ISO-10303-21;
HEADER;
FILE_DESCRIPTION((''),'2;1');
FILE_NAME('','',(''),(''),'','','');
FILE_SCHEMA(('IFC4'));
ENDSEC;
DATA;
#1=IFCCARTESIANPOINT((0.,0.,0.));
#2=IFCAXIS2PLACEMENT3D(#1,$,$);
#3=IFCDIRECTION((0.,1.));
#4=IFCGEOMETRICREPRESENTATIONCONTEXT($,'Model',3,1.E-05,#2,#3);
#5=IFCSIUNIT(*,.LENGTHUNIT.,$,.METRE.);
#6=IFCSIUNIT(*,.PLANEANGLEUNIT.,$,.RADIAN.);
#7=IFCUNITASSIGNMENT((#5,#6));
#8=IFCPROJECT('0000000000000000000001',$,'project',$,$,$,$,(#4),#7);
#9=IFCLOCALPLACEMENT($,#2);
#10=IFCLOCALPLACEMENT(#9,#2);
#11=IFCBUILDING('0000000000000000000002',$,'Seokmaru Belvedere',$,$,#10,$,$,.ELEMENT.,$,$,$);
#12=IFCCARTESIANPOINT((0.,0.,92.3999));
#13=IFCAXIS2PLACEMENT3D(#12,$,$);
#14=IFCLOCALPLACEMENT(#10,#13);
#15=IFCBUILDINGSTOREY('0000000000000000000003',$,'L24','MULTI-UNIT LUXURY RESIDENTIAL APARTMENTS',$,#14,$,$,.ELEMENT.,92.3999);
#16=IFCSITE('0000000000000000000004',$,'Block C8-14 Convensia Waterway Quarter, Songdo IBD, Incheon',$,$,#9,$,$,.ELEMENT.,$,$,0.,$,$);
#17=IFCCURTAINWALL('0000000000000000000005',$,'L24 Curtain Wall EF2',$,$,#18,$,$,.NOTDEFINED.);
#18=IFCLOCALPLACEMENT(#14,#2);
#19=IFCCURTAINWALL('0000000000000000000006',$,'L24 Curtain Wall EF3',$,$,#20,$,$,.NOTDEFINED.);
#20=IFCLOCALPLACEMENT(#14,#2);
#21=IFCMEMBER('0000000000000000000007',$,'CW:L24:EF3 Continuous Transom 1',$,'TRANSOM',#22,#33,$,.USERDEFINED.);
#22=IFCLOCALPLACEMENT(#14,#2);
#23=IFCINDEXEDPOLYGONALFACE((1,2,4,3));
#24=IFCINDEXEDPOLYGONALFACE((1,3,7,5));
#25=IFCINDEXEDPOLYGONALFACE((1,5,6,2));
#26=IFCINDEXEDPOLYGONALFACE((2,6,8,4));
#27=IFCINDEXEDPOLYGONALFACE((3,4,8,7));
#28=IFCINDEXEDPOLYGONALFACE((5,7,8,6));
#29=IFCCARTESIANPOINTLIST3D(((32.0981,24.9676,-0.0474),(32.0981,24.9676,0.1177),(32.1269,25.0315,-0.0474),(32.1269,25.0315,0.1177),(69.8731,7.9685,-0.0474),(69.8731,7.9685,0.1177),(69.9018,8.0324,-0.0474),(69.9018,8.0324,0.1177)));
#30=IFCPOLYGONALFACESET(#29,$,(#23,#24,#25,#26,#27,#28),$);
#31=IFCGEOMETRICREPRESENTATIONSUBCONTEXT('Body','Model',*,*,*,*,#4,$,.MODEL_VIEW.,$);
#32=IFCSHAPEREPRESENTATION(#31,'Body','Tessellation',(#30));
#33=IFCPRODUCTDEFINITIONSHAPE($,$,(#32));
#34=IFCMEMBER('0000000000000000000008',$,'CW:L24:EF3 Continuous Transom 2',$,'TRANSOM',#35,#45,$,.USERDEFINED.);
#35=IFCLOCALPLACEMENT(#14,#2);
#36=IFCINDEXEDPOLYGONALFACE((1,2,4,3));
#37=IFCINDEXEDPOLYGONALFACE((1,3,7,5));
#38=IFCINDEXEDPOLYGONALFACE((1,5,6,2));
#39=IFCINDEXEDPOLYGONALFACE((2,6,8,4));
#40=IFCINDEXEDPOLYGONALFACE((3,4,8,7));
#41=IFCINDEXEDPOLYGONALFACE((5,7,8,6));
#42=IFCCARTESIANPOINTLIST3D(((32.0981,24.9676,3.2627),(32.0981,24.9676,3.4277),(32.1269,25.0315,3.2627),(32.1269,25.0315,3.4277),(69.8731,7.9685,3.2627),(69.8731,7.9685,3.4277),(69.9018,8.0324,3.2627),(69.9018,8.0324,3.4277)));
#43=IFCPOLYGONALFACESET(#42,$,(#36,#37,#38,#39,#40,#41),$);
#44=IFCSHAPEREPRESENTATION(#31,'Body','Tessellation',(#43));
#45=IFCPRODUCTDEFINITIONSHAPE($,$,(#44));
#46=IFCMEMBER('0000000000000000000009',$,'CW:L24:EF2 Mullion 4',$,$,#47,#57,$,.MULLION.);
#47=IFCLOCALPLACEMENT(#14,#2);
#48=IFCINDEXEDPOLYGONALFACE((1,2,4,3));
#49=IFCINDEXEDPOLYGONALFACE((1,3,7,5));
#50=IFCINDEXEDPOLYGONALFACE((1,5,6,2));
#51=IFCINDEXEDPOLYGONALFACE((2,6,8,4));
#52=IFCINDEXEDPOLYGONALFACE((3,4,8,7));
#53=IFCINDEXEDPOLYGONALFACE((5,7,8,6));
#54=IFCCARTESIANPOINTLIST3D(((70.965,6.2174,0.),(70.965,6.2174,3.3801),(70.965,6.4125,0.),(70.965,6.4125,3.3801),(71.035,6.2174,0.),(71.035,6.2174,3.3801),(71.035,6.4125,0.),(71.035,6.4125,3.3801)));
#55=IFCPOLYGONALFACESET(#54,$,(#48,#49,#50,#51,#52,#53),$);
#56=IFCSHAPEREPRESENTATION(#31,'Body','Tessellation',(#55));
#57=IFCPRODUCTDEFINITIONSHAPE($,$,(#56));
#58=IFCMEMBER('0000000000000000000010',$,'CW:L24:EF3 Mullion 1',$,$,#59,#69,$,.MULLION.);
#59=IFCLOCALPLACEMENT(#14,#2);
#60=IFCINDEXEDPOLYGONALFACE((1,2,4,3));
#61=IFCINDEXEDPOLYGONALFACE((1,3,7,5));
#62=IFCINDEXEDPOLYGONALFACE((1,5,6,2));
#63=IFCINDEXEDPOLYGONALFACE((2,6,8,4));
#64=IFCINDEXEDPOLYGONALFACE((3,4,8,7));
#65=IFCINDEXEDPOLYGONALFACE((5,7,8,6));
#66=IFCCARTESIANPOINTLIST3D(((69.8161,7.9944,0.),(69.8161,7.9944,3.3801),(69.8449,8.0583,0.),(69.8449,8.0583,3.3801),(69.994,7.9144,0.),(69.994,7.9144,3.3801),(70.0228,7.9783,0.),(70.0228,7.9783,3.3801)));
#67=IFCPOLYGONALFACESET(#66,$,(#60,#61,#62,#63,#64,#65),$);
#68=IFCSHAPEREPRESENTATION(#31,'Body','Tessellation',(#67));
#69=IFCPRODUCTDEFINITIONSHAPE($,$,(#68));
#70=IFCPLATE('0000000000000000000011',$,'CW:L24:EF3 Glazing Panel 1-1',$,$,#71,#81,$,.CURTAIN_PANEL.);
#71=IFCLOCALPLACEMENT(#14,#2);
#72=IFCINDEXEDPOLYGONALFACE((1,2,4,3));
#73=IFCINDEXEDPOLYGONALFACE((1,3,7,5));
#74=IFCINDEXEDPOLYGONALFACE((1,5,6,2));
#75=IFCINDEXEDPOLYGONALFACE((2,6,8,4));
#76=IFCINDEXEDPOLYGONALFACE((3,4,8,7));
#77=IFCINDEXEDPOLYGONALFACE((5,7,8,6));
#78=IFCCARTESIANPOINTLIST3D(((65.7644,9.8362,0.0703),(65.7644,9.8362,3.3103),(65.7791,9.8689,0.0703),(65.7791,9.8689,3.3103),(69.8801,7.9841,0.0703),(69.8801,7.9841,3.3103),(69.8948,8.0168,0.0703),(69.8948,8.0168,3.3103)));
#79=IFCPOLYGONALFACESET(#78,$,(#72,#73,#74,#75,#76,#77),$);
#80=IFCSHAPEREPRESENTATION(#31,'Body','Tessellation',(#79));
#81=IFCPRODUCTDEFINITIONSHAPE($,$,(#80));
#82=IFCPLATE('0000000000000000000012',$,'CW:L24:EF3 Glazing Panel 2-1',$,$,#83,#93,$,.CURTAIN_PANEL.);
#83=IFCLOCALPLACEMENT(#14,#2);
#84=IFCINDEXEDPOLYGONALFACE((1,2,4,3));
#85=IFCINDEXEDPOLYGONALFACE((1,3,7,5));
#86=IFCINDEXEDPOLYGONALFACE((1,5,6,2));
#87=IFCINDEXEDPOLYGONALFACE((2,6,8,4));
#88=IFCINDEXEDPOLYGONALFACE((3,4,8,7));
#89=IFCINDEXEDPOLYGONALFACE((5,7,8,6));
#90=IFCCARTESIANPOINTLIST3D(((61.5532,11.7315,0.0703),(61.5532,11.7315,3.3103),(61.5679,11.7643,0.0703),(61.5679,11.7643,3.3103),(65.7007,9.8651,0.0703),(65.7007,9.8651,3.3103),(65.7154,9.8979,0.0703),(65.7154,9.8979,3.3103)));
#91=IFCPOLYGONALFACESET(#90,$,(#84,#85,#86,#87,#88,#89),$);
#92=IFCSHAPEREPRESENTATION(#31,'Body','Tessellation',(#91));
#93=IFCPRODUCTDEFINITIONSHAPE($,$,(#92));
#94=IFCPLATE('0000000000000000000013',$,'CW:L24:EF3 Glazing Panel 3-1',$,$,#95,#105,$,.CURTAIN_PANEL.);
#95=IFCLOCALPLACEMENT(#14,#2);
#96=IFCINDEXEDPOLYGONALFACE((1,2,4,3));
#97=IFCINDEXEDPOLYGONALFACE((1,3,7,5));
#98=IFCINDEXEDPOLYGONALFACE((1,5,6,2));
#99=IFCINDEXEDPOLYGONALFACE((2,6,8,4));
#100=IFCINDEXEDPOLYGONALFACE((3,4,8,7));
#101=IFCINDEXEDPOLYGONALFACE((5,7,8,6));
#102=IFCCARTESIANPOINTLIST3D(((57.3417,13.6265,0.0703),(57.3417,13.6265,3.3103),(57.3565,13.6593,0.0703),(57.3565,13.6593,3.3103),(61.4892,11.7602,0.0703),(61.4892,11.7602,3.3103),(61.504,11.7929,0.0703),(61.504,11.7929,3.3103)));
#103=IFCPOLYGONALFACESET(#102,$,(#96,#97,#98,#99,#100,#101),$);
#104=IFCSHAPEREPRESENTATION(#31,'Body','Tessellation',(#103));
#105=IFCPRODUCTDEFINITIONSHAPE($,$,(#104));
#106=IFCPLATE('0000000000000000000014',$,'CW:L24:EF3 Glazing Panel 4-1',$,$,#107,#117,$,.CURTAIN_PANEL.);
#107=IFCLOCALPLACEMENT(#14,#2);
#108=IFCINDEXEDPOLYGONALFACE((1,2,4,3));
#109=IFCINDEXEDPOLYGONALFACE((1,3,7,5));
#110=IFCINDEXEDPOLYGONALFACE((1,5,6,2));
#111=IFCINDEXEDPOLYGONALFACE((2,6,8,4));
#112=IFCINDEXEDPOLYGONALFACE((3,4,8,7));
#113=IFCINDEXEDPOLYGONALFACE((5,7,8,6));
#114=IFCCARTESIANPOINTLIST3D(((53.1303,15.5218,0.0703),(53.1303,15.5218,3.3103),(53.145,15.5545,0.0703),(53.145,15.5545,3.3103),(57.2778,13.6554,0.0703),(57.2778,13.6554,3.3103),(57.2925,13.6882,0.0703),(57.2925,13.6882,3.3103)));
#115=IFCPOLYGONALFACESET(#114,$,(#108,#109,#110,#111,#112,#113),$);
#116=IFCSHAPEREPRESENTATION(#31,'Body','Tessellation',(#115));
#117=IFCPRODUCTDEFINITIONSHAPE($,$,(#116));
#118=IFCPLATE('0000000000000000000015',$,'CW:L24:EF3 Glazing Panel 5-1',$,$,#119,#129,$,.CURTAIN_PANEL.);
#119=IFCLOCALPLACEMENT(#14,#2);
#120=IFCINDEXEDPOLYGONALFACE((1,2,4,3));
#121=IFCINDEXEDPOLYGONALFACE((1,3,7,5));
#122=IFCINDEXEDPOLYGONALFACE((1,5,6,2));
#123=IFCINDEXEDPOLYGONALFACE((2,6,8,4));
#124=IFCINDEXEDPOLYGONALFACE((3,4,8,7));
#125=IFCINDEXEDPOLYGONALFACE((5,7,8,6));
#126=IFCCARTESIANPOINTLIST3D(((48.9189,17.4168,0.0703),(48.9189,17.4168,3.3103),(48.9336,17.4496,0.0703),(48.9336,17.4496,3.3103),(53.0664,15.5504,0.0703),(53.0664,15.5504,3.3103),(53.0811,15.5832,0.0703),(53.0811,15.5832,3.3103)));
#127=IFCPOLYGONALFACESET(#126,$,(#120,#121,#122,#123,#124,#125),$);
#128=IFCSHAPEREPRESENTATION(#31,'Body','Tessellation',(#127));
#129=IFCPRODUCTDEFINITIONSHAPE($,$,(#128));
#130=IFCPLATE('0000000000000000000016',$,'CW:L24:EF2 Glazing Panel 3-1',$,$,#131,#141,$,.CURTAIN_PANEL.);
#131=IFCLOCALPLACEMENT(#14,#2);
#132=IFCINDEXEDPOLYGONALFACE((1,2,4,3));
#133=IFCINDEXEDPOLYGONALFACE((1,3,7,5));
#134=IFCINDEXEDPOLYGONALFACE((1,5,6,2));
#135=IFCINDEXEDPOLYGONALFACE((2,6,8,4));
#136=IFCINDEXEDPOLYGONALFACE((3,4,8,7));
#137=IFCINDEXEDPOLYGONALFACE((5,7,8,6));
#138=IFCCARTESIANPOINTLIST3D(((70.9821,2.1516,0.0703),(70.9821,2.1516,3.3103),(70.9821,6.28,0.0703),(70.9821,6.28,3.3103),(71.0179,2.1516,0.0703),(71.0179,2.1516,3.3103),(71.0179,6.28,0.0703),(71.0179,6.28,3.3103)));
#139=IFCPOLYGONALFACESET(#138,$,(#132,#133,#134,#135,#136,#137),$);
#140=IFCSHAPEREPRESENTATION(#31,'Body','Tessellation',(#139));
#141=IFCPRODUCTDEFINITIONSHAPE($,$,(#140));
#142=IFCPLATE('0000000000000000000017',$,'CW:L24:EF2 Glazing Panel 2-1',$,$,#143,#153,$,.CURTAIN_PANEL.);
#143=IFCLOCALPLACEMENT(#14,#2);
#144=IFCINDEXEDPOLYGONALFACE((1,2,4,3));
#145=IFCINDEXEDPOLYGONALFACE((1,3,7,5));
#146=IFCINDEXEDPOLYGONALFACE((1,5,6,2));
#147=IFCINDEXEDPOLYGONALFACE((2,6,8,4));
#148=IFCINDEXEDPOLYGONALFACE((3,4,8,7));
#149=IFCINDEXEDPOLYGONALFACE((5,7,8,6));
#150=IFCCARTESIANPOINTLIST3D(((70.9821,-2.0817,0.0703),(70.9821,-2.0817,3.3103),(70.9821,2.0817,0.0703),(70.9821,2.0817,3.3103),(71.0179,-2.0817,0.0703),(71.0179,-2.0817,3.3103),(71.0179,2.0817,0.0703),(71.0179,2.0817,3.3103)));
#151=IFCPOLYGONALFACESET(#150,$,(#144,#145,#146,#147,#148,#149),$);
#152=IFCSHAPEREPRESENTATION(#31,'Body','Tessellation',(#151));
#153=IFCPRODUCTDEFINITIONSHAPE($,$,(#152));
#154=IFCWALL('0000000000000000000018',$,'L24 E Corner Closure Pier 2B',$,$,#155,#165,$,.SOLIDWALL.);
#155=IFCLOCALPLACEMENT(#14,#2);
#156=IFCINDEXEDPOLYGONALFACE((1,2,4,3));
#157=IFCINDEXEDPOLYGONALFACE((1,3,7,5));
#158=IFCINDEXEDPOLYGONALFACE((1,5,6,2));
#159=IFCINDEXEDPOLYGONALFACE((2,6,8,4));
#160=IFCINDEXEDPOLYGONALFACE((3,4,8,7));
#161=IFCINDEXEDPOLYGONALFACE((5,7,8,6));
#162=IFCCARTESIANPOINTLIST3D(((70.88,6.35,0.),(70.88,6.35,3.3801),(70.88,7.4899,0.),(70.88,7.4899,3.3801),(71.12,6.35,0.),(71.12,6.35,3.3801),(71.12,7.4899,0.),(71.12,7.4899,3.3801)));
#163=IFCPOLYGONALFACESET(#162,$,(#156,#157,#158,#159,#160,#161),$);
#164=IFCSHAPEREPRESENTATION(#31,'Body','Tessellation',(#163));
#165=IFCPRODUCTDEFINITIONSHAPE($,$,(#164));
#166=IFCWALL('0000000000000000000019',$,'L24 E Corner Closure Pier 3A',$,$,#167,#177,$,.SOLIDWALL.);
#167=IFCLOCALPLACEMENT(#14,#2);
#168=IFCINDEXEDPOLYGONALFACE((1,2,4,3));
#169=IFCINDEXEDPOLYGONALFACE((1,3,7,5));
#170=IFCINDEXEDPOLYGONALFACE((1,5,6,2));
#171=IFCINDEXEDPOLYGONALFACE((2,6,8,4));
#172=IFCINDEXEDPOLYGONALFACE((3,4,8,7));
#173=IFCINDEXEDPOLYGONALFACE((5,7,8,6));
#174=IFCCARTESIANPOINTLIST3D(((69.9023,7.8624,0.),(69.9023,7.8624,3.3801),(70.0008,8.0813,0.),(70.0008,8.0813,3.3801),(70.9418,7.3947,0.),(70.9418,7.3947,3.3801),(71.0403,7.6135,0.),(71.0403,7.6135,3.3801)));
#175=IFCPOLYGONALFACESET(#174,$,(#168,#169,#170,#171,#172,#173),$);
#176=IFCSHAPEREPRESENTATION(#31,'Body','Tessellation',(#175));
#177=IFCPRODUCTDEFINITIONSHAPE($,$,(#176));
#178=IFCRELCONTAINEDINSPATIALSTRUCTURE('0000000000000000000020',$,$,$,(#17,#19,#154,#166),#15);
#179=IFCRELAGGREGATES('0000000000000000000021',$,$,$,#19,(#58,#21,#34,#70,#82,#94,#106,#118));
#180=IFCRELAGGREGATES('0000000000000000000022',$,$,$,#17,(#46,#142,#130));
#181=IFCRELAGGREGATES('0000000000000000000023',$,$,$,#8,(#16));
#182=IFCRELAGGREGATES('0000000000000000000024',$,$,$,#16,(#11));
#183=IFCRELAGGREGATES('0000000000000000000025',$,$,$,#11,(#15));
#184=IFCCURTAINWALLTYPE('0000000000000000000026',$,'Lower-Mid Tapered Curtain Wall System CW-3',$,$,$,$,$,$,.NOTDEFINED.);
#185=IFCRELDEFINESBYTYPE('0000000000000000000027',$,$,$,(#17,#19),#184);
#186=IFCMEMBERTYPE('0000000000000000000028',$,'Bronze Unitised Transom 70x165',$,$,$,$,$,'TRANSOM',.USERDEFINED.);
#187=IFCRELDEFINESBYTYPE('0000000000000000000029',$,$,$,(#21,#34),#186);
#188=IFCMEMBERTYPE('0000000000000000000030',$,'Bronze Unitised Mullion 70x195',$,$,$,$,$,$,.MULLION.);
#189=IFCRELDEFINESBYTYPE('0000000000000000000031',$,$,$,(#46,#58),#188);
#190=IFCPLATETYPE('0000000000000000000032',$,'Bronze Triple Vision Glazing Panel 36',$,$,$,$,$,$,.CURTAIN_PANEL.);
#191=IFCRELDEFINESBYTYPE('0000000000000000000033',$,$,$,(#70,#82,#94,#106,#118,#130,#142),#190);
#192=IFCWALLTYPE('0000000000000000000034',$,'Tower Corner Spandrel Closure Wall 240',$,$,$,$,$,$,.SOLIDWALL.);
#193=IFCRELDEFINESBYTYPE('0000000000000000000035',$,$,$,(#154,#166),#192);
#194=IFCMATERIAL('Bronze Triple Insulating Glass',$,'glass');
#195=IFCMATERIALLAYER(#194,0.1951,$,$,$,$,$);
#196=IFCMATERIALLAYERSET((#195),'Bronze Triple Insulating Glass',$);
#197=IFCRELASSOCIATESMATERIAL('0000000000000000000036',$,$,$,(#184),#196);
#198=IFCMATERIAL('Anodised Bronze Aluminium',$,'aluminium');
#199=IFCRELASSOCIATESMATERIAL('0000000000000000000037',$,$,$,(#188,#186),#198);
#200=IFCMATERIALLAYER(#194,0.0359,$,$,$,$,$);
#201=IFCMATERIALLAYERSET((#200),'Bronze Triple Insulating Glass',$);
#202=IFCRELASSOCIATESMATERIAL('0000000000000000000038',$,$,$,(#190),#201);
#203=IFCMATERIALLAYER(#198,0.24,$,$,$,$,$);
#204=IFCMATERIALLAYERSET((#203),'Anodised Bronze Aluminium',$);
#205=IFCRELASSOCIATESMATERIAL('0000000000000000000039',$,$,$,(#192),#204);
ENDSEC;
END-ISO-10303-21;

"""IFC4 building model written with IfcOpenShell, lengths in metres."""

from ifc_helpers import new_model, si_unit, direction, frame, frame_2d, origin, origin_2d, place, context, subcontext, project, spatial, rectangle, extrude, source, transform, mapped, material, layer, layer_set, material_profile, profile_set, type_object, type_shapes, element, aggregate, save


model = new_model("IFC4")

# Units and contexts
model_context = context("Model", 3, precision=1e-05, world=origin(), true_north=direction((0.0, 1.0)))
body_context = subcontext(model_context, "Body", "Model", "MODEL_VIEW")
ifc_project = project(units=[si_unit("LENGTHUNIT", "METRE"), si_unit("PLANEANGLEUNIT", "RADIAN")], contexts=[model_context])

# Site, building, storey
site_placement = place(None, origin())
site = spatial("IfcSite", under=ifc_project, at=site_placement, Name="Block C8-14 Convensia Waterway Quarter, Songdo IBD, Incheon", CompositionType="ELEMENT", RefElevation=0.0)
building_placement = place(site_placement, origin())
building = spatial("IfcBuilding", under=site, at=building_placement, Name="Seokmaru Belvedere", CompositionType="ELEMENT")
storey_placement = place(building_placement, frame((0.0, 0.0, 92.3999)))
storey = spatial("IfcBuildingStorey", under=building, at=storey_placement, Name="L24", Description="MULTI-UNIT LUXURY RESIDENTIAL APARTMENTS", CompositionType="ELEMENT", Elevation=92.3999)

# Curtain wall
ifc_material_1 = material(Name="Bronze Triple Insulating Glass", Category="glass")
ifc_layer_1 = layer(ifc_material_1, 0.1951)
ifc_layer_set_1 = layer_set([ifc_layer_1], Name="Bronze Triple Insulating Glass")
curtain_wall_type = type_object("IfcCurtainWallType", Name="Lower-Mid Tapered Curtain Wall System CW-3", PredefinedType="NOTDEFINED", material=ifc_layer_set_1)
curtain_wall_1_placement = place(storey_placement, origin())
curtain_wall_1 = element("IfcCurtainWall", 1, at=curtain_wall_1_placement, inside=storey, type_object=curtain_wall_type, Name="L24 Curtain Wall EF2", PredefinedType="NOTDEFINED")
ifc_material_2 = material(Name="Anodised Bronze Aluminium", Category="aluminium")
ifc_material_profile_1 = material_profile(ifc_material_2, rectangle(XDim=0.0701, YDim=0.1951, at=origin_2d()), Name="CW-M-70x195")
ifc_profile_set_1 = profile_set([ifc_material_profile_1], Name="Anodised Bronze Aluminium")
member_type_1 = type_object("IfcMemberType", Name="Bronze Unitised Mullion 70x195", PredefinedType="MULLION", material=ifc_profile_set_1)

# Curtain wall, members
curtain_wall_2_placement = place(storey_placement, origin())
curtain_wall_2 = element("IfcCurtainWall", 2, at=curtain_wall_2_placement, inside=storey, type_object=curtain_wall_type, Name="L24 Curtain Wall EF3", PredefinedType="NOTDEFINED")
ifc_material_profile_2 = material_profile(ifc_material_2, rectangle(XDim=0.0701, YDim=0.165, at=origin_2d()), Name="CW-T-70x165")
ifc_profile_set_2 = profile_set([ifc_material_profile_2], Name="Anodised Bronze Aluminium")
member_type_2 = type_object("IfcMemberType", Name="Bronze Unitised Transom 70x165", ElementType="TRANSOM", PredefinedType="USERDEFINED", material=ifc_profile_set_2)
shared_shape_1 = source(origin(), body_context, "Body", "SweptSolid", [
    extrude(rectangle(XDim=0.0701, YDim=0.165, at=origin_2d()), origin(), (0.0, 0.0, 1.0), 41.4236),
])
type_shapes(member_type_2, [shared_shape_1])
member_1_placement = place(storey_placement, frame((69.8875, 8.0005, 0.0352), z_axis=(-0.911919, 0.410371, 0.0), x_axis=(-0.410371, -0.911919, 0.0)))
member_1 = element("IfcMember", 3, at=member_1_placement, type_object=member_type_2, Name="CW:L24:EF3 Continuous Transom 1", ObjectType="TRANSOM", PredefinedType="USERDEFINED", context=body_context, shape_type="MappedRepresentation", body=[
    mapped(shared_shape_1, transform((0.0, 0.0, 0.0), scale=1.0)),
])
member_2_placement = place(storey_placement, frame((69.8875, 8.0005, 3.3452), z_axis=(-0.911919, 0.410371, 0.0), x_axis=(-0.410371, -0.911919, 0.0)))
member_2 = element("IfcMember", 4, at=member_2_placement, type_object=member_type_2, Name="CW:L24:EF3 Continuous Transom 2", ObjectType="TRANSOM", PredefinedType="USERDEFINED", context=body_context, shape_type="MappedRepresentation", body=[
    mapped(shared_shape_1, transform((0.0, 0.0, 0.0), scale=1.0)),
])

# Members
shared_shape_2 = source(origin(), body_context, "Body", "SweptSolid", [
    extrude(rectangle(XDim=0.0701, YDim=0.1951, at=origin_2d()), origin(), (0.0, 0.0, 1.0), 3.3801),
])
member_3_placement = place(storey_placement, frame((71.0, 6.3149, 0.0), z_axis=(0.0, 0.0, 1.0), x_axis=(-1.0, 0.0, 0.0)))
member_3 = element("IfcMember", 5, at=member_3_placement, type_object=member_type_1, Name="CW:L24:EF2 Mullion 4", PredefinedType="MULLION", context=body_context, shape_type="MappedRepresentation", body=[
    mapped(shared_shape_2, transform((0.0, 0.0, 0.0), scale=1.0)),
])
member_4_placement = place(storey_placement, frame((69.9194, 7.9863, 0.0), z_axis=(0.0, 0.0, 1.0), x_axis=(-0.410366, -0.911921, 0.0)))
member_4 = element("IfcMember", 6, at=member_4_placement, type_object=member_type_1, Name="CW:L24:EF3 Mullion 1", PredefinedType="MULLION", context=body_context, shape_type="MappedRepresentation", body=[
    mapped(shared_shape_2, transform((0.0, 0.0, 0.0), scale=1.0)),
])

# Plates
ifc_layer_2 = layer(ifc_material_1, 0.0359)
ifc_layer_set_2 = layer_set([ifc_layer_2], Name="Bronze Triple Insulating Glass")
plate_type = type_object("IfcPlateType", Name="Bronze Triple Vision Glazing Panel 36", PredefinedType="CURTAIN_PANEL", material=ifc_layer_set_2)
shared_shape_3 = source(origin(), body_context, "Body", "SweptSolid", [
    extrude(rectangle(XDim=4.5132, YDim=0.0359, at=origin_2d()), origin(), (0.0, 0.0, 1.0), 3.24),
])
plate_1_placement = place(storey_placement, frame((67.8296, 8.9265, 0.0703), z_axis=(0.0, 0.0, 1.0), x_axis=(-0.911921, 0.410366, 0.0)))
plate_1 = element("IfcPlate", 7, at=plate_1_placement, type_object=plate_type, Name="CW:L24:EF3 Glazing Panel 1-1", PredefinedType="CURTAIN_PANEL", context=body_context, shape_type="MappedRepresentation", body=[
    mapped(shared_shape_3, transform((0.0, 0.0, 0.0), scale=1.0)),
])
shared_shape_4 = source(origin(), body_context, "Body", "SweptSolid", [
    extrude(rectangle(XDim=4.5481, YDim=0.0359, at=origin_2d()), origin(), (0.0, 0.0, 1.0), 3.24),
])
plate_2_placement = place(storey_placement, frame((63.6343, 10.8147, 0.0703), z_axis=(0.0, 0.0, 1.0), x_axis=(-0.911921, 0.410366, 0.0)))
plate_2 = element("IfcPlate", 8, at=plate_2_placement, type_object=plate_type, Name="CW:L24:EF3 Glazing Panel 2-1", PredefinedType="CURTAIN_PANEL", context=body_context, shape_type="MappedRepresentation", body=[
    mapped(shared_shape_4, transform((0.0, 0.0, 0.0), scale=1.0)),
])
plate_3_placement = place(storey_placement, frame((59.4229, 12.7097, 0.0703), z_axis=(0.0, 0.0, 1.0), x_axis=(-0.911921, 0.410366, 0.0)))
plate_3 = element("IfcPlate", 9, at=plate_3_placement, type_object=plate_type, Name="CW:L24:EF3 Glazing Panel 3-1", PredefinedType="CURTAIN_PANEL", context=body_context, shape_type="MappedRepresentation", body=[
    mapped(shared_shape_4, transform((0.0, 0.0, 0.0), scale=1.0)),
])
plate_4_placement = place(storey_placement, frame((55.2114, 14.605, 0.0703), z_axis=(0.0, 0.0, 1.0), x_axis=(-0.911921, 0.410366, 0.0)))
plate_4 = element("IfcPlate", 10, at=plate_4_placement, type_object=plate_type, Name="CW:L24:EF3 Glazing Panel 4-1", PredefinedType="CURTAIN_PANEL", context=body_context, shape_type="MappedRepresentation", body=[
    mapped(shared_shape_4, transform((0.0, 0.0, 0.0), scale=1.0)),
])
plate_5_placement = place(storey_placement, frame((51.0, 16.5, 0.0703), z_axis=(0.0, 0.0, 1.0), x_axis=(-0.911921, 0.410366, 0.0)))
plate_5 = element("IfcPlate", 11, at=plate_5_placement, type_object=plate_type, Name="CW:L24:EF3 Glazing Panel 5-1", PredefinedType="CURTAIN_PANEL", context=body_context, shape_type="MappedRepresentation", body=[
    mapped(shared_shape_4, transform((0.0, 0.0, 0.0), scale=1.0)),
])
aggregate(curtain_wall_2, [member_4, member_1, member_2, plate_1, plate_2, plate_3, plate_4, plate_5])
shared_shape_5 = source(origin(), body_context, "Body", "SweptSolid", [
    extrude(rectangle(XDim=4.1284, YDim=0.0359, at=origin_2d()), origin(), (0.0, 0.0, 1.0), 3.24),
])
plate_6_placement = place(storey_placement, frame((71.0, 4.2158, 0.0703), z_axis=(0.0, 0.0, 1.0), x_axis=(0.0, 1.0, 0.0)))
plate_6 = element("IfcPlate", 12, at=plate_6_placement, type_object=plate_type, Name="CW:L24:EF2 Glazing Panel 3-1", PredefinedType="CURTAIN_PANEL", context=body_context, shape_type="MappedRepresentation", body=[
    mapped(shared_shape_5, transform((0.0, 0.0, 0.0), scale=1.0)),
])
shared_shape_6 = source(origin(), body_context, "Body", "SweptSolid", [
    extrude(rectangle(XDim=4.1633, YDim=0.0359, at=origin_2d()), origin(), (0.0, 0.0, 1.0), 3.24),
])
type_shapes(plate_type, [shared_shape_3, shared_shape_4, shared_shape_5, shared_shape_6])
plate_7_placement = place(storey_placement, frame((71.0, 0.0, 0.0703), z_axis=(0.0, 0.0, 1.0), x_axis=(0.0, 1.0, 0.0)))
plate_7 = element("IfcPlate", 13, at=plate_7_placement, type_object=plate_type, Name="CW:L24:EF2 Glazing Panel 2-1", PredefinedType="CURTAIN_PANEL", context=body_context, shape_type="MappedRepresentation", body=[
    mapped(shared_shape_6, transform((0.0, 0.0, 0.0), scale=1.0)),
])
aggregate(curtain_wall_1, [member_3, plate_7, plate_6])

# Walls
ifc_layer_3 = layer(ifc_material_2, 0.24)
ifc_layer_set_3 = layer_set([ifc_layer_3], Name="Anodised Bronze Aluminium")
wall_type = type_object("IfcWallType", Name="Tower Corner Spandrel Closure Wall 240", PredefinedType="SOLIDWALL", material=ifc_layer_set_3)
for number, where, z_axis, x_axis, name in (
    (14, (71.0, 6.3501, 0.0), (0.0, 0.0, 1.0), (0.0, 1.0, 0.0), "L24 E Corner Closure Pier 2B"),
    (15, (70.991, 7.5042, 0.0), (0.0, 0.0, 1.0), (-0.91193, 0.410347, 0.0), "L24 E Corner Closure Pier 3A"),
):
    element("IfcWall", number, at=place(storey_placement, frame(where, z_axis=z_axis, x_axis=x_axis)), inside=storey, type_object=wall_type, Name=name, PredefinedType="SOLIDWALL", context=body_context, shape_type="SweptSolid", body=[
        extrude(rectangle(XDim=1.1399, YDim=0.24, at=frame_2d((0.5698, 0.0))), origin(), (0.0, 0.0, 1.0), 3.3801),
    ])

save(model, "model.ifc")
